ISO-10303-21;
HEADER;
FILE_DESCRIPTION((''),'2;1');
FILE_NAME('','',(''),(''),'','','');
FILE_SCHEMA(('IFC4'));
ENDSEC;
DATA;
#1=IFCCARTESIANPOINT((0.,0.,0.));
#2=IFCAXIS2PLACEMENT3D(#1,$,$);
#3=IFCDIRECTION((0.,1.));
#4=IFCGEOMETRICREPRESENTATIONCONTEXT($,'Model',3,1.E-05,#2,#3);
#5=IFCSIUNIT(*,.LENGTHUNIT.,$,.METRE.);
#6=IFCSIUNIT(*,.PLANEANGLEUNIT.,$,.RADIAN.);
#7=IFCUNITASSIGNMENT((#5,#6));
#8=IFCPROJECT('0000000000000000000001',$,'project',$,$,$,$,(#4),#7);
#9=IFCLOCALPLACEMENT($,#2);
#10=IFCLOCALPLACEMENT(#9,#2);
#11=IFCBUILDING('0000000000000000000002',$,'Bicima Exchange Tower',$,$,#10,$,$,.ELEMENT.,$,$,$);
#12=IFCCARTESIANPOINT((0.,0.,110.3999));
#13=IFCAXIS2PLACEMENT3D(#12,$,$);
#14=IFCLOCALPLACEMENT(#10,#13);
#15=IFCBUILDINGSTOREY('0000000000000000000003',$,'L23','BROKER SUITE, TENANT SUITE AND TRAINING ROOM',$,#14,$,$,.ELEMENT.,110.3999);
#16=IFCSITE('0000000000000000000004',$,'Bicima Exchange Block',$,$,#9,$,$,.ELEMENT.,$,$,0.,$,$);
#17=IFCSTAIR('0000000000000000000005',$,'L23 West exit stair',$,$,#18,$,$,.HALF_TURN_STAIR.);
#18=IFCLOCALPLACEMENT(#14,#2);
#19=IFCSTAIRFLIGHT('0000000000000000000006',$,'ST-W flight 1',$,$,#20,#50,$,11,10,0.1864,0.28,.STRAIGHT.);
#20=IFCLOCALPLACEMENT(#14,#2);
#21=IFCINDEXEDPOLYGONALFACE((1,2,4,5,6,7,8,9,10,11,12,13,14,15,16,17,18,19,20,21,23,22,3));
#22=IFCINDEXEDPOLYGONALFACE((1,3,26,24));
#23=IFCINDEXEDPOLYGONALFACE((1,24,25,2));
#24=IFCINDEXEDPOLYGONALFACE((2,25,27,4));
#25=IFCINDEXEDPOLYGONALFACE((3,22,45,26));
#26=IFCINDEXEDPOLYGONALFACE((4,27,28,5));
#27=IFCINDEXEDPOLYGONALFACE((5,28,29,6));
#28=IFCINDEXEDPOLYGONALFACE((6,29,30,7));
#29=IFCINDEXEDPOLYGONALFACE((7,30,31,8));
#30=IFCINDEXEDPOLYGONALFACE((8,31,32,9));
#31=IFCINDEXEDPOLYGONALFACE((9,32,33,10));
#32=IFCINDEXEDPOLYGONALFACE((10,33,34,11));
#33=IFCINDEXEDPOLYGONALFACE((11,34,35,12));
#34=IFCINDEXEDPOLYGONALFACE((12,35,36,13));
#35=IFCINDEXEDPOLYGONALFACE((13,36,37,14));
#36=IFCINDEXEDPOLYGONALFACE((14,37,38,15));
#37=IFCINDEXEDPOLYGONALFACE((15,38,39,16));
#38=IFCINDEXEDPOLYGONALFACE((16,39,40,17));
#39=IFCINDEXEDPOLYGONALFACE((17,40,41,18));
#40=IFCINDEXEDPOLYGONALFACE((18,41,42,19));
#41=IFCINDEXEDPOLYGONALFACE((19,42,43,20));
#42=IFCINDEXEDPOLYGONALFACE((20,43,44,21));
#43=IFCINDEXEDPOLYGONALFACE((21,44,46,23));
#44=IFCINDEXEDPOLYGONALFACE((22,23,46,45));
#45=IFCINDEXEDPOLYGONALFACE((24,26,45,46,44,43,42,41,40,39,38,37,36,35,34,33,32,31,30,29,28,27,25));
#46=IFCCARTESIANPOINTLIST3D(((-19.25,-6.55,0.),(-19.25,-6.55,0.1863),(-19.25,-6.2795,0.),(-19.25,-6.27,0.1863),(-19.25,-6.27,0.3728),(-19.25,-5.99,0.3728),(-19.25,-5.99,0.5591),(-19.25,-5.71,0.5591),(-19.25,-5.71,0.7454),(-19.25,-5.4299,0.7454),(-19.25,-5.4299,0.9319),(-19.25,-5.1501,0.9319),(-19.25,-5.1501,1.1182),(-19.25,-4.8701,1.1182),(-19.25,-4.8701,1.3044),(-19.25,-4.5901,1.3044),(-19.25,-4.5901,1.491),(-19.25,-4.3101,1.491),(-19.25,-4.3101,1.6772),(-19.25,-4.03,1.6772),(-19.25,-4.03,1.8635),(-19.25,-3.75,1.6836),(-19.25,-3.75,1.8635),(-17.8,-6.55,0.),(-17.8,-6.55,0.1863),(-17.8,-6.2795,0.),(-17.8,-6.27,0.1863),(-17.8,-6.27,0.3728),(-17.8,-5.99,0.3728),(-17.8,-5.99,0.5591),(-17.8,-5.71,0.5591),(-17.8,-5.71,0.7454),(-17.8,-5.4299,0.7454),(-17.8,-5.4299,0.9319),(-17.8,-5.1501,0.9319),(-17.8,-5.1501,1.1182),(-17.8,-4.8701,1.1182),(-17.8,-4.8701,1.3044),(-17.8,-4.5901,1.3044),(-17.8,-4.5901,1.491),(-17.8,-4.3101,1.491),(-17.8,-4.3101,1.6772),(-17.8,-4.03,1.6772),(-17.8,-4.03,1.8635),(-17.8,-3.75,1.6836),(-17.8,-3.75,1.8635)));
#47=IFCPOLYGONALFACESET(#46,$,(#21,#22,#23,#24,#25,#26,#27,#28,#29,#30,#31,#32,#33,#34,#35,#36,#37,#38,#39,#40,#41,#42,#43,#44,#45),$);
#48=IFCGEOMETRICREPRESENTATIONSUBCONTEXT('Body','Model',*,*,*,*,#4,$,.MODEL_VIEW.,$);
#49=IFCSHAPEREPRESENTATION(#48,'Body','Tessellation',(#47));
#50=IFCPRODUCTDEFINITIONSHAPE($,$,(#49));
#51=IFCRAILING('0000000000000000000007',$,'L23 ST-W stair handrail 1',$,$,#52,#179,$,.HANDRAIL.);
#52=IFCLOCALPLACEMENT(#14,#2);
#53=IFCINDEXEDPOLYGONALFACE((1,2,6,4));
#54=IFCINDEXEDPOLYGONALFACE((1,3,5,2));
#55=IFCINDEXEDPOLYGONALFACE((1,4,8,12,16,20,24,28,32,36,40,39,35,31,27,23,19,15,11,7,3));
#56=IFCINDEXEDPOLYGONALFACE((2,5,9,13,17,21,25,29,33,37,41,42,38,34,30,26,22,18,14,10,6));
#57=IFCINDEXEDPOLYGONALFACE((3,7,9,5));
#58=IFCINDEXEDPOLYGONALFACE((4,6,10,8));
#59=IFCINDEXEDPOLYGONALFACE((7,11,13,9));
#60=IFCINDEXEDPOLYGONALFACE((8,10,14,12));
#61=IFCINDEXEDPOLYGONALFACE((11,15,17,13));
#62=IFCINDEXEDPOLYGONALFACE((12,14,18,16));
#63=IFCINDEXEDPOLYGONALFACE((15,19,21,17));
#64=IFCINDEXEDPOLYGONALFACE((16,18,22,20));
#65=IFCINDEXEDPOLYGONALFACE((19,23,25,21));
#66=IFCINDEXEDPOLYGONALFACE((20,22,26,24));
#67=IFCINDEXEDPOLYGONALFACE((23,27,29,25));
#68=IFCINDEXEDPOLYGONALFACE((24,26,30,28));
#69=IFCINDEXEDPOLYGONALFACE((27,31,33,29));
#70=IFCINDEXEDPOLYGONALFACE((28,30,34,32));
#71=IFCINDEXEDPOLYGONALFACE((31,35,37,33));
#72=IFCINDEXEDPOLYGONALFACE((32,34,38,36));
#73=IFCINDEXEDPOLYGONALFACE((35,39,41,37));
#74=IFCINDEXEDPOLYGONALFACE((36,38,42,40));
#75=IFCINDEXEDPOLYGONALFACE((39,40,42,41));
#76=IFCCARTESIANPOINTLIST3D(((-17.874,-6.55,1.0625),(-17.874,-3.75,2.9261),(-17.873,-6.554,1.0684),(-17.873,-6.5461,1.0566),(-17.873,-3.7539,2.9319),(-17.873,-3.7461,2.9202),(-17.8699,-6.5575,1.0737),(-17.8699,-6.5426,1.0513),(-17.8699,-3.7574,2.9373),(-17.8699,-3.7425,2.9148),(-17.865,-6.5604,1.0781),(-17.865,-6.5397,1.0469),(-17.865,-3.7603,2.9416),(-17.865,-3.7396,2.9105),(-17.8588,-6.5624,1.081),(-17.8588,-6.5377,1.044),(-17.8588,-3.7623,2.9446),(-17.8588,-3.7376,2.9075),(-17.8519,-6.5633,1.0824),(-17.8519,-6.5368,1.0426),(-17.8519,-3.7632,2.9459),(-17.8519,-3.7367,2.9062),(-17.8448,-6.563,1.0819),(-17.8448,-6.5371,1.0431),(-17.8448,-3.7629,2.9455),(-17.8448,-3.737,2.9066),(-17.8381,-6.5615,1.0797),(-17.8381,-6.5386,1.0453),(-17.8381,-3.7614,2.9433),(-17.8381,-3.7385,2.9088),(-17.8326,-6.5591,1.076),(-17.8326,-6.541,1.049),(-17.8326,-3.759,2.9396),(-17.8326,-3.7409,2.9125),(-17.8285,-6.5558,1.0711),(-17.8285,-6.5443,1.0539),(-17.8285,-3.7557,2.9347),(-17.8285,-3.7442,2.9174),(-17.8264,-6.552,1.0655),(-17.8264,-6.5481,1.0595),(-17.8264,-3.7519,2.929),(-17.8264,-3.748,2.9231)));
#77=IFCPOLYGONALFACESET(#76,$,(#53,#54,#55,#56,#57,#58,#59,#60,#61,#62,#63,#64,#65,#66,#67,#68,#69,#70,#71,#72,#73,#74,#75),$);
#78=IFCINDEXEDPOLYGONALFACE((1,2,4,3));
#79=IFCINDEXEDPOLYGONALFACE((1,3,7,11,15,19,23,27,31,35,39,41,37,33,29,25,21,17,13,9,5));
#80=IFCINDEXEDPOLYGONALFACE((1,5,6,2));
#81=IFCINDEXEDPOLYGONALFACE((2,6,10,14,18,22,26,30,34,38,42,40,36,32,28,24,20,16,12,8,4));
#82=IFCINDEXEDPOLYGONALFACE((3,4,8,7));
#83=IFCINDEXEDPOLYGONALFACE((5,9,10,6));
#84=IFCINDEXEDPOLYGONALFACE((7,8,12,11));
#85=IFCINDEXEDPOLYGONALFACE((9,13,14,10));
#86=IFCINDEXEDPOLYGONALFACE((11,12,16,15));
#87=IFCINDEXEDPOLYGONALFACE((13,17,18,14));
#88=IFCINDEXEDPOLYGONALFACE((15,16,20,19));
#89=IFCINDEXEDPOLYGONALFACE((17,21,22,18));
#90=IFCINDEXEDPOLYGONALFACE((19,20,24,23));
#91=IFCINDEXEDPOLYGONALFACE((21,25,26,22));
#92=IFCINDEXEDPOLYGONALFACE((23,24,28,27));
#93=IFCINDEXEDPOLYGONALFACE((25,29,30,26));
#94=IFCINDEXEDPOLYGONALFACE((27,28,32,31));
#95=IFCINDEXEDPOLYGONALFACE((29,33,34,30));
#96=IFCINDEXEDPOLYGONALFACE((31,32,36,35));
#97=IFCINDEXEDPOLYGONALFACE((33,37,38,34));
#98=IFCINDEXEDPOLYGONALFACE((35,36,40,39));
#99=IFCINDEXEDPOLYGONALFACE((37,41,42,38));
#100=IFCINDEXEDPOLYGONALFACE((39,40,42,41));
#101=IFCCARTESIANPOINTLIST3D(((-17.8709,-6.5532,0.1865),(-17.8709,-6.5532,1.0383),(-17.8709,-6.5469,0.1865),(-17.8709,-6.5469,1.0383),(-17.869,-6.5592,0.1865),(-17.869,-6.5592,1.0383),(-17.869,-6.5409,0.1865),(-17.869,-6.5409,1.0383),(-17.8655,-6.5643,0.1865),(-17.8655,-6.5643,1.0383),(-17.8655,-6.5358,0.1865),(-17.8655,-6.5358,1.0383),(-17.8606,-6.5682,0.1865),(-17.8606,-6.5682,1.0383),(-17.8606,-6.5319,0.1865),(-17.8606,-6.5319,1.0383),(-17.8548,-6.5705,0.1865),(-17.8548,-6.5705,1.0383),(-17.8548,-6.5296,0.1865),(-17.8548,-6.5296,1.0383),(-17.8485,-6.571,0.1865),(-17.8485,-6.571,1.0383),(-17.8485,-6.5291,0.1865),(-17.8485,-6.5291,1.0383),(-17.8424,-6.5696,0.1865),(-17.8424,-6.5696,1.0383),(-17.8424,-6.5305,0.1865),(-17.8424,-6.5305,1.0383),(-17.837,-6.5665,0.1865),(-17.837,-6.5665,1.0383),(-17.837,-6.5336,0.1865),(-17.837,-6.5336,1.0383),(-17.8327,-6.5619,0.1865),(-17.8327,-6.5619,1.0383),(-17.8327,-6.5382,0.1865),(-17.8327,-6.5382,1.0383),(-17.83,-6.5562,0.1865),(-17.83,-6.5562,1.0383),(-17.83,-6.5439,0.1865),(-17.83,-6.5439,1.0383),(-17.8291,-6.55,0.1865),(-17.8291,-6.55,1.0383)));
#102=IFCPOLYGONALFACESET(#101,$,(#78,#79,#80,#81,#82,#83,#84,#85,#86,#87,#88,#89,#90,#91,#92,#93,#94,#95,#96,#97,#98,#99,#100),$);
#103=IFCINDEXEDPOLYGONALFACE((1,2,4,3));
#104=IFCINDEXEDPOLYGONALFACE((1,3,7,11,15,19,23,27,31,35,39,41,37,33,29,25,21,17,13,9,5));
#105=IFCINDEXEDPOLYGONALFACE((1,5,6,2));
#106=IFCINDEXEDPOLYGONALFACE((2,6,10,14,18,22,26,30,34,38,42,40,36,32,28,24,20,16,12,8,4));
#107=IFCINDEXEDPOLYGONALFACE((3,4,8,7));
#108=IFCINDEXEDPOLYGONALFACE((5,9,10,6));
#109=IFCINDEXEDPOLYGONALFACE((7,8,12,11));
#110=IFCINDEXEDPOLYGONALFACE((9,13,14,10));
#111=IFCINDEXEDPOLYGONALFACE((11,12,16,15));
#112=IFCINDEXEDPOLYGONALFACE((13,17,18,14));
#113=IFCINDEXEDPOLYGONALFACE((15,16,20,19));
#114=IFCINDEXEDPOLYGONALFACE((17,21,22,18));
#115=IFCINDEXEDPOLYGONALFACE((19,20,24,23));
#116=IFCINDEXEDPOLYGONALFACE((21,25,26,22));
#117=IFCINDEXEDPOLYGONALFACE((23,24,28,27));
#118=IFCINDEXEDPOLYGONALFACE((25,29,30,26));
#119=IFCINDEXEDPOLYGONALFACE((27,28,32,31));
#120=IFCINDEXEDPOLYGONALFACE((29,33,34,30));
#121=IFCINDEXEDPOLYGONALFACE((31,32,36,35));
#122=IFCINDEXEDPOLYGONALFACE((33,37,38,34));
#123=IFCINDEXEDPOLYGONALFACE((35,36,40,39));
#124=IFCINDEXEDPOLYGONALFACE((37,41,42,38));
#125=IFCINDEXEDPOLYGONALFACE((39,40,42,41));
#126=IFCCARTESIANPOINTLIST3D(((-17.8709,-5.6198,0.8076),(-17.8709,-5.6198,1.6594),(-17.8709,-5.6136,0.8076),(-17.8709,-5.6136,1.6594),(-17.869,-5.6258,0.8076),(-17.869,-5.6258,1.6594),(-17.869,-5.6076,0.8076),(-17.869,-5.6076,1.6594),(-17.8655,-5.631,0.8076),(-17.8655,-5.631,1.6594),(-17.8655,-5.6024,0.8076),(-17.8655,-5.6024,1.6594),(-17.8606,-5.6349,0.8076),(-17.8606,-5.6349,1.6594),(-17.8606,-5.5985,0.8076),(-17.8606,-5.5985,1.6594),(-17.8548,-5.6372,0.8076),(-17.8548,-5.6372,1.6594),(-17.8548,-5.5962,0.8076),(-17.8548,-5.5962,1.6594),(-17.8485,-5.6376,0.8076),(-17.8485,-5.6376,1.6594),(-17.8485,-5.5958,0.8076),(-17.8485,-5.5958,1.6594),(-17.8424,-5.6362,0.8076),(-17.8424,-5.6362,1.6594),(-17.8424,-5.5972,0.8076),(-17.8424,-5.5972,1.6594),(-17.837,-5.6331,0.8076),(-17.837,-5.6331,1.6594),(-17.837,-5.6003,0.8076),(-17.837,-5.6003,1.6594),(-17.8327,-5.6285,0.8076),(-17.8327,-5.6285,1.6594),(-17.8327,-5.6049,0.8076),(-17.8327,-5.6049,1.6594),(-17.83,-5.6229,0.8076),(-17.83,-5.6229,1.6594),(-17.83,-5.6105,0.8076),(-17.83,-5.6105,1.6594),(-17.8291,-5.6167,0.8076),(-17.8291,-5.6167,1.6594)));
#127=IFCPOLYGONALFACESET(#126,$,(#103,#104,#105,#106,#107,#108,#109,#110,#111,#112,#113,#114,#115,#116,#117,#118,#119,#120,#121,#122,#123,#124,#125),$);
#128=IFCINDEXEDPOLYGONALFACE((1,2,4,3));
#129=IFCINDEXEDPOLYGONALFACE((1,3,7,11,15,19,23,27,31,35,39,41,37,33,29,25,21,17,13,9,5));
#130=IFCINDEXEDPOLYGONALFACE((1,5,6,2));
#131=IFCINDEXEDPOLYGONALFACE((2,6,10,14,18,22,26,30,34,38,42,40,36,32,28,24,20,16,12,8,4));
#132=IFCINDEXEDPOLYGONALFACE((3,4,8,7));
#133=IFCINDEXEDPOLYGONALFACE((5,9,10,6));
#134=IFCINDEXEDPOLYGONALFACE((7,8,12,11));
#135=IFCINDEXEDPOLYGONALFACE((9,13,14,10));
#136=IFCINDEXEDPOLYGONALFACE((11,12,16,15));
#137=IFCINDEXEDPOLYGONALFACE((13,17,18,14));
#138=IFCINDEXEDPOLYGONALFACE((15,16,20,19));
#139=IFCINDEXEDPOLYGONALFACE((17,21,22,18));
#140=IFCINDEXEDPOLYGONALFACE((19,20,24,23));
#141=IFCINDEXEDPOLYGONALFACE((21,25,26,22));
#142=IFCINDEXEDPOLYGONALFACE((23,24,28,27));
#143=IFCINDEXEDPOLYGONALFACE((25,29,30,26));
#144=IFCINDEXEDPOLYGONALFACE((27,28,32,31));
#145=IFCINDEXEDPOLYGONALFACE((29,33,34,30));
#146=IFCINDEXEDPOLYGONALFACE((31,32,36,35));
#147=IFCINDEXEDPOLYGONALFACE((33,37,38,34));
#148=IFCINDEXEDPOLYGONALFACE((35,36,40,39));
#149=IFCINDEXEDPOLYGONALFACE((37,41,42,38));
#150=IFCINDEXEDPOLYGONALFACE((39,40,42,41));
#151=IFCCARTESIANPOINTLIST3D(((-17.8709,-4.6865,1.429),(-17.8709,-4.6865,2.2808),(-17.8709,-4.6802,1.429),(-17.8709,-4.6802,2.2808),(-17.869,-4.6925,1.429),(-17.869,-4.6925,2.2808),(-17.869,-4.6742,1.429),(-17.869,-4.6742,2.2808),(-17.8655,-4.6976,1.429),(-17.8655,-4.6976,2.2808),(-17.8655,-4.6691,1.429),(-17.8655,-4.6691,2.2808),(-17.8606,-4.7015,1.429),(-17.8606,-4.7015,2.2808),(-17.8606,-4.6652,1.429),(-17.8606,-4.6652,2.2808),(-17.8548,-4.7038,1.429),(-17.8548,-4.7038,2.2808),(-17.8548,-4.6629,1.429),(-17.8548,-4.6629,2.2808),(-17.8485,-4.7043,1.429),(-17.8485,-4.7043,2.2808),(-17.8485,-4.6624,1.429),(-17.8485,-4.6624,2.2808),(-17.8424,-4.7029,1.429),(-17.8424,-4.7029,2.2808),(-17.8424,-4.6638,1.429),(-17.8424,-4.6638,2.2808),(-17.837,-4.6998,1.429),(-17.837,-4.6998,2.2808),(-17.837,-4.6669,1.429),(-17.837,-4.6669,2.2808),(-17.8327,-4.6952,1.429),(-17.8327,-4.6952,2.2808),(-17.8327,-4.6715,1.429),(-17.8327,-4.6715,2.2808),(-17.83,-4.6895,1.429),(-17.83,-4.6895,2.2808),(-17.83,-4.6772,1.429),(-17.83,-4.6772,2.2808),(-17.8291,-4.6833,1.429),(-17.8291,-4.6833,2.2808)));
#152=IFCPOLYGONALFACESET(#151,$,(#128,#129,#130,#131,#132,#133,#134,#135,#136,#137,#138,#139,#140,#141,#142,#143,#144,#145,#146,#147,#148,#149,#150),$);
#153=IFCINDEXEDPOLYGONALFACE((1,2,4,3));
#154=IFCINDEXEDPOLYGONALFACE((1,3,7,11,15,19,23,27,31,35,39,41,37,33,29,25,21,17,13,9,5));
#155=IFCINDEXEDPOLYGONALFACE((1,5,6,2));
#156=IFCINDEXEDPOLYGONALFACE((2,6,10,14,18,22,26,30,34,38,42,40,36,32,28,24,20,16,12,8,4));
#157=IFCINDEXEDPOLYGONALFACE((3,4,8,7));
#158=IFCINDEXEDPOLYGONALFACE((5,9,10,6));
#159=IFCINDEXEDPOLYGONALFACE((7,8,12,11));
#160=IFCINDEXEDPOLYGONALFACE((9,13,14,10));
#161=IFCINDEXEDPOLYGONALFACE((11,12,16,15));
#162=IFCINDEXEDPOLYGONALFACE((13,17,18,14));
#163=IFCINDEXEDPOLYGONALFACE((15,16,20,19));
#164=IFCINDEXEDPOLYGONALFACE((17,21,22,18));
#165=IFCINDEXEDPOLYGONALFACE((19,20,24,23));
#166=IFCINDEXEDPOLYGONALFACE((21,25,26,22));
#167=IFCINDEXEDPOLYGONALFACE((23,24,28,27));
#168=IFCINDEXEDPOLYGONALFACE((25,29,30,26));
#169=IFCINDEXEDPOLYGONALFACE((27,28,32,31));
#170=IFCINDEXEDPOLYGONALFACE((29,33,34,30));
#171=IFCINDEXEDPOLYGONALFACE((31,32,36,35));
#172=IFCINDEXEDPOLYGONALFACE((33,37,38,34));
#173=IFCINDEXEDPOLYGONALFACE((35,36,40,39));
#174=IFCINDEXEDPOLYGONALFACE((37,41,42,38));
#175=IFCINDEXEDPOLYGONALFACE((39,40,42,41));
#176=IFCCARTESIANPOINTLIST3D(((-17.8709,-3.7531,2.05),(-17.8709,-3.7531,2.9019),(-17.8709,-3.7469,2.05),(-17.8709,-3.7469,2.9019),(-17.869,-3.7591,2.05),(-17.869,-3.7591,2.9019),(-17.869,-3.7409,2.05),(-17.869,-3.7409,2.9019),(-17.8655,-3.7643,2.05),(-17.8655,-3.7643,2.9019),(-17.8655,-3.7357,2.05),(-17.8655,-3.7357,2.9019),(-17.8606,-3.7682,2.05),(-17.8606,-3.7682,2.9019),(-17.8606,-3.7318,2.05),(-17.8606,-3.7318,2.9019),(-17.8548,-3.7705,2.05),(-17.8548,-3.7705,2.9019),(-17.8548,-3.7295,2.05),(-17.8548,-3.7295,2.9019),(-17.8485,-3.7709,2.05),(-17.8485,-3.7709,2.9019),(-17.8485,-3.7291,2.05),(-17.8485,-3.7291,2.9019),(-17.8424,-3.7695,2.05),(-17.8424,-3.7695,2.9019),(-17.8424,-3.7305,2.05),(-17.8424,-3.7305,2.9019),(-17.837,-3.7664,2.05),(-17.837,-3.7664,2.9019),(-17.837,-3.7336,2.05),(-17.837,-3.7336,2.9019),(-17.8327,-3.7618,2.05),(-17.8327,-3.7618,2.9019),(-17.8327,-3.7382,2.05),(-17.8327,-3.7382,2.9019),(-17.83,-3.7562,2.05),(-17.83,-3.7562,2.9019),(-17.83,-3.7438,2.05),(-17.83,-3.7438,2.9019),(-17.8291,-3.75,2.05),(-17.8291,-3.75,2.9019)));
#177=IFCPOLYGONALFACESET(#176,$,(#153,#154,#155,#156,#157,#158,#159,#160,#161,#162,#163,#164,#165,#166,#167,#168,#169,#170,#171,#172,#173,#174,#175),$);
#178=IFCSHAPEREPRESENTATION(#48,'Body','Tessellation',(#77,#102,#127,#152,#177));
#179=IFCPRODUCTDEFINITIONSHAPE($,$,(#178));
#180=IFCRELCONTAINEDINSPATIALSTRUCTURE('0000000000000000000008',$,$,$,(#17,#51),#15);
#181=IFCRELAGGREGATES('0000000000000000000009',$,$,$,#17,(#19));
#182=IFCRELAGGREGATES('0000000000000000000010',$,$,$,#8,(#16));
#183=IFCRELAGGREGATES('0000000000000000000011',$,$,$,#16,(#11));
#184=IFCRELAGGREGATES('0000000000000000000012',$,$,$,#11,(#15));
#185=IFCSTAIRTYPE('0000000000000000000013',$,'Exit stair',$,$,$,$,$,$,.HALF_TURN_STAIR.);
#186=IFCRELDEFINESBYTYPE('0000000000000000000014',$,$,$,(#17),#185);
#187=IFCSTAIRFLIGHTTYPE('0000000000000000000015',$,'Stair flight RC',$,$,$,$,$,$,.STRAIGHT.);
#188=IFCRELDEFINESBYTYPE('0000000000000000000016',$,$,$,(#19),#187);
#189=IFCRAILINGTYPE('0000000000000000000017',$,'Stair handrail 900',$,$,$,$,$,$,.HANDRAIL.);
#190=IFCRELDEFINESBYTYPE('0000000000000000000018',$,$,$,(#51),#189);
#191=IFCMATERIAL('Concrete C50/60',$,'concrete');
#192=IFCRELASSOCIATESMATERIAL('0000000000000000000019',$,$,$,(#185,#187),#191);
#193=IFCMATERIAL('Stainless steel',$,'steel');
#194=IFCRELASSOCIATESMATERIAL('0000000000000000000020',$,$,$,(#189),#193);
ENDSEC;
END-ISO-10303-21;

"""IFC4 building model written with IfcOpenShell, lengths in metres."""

from ifc_helpers import new_model, si_unit, direction, frame, origin, origin_2d, place, context, subcontext, project, spatial, polyline, circle, outline, extrude, material, type_object, element, aggregate, save


model = new_model("IFC4")

# Units and contexts
model_context = context("Model", 3, precision=1e-05, world=origin(), true_north=direction((0.0, 1.0)))
body_context = subcontext(model_context, "Body", "Model", "MODEL_VIEW")
ifc_project = project(units=[si_unit("LENGTHUNIT", "METRE"), si_unit("PLANEANGLEUNIT", "RADIAN")], contexts=[model_context])

# Site, building, storey
site_placement = place(None, origin())
site = spatial("IfcSite", under=ifc_project, at=site_placement, Name="Bicima Exchange Block", CompositionType="ELEMENT", RefElevation=0.0)
building_placement = place(site_placement, origin())
building = spatial("IfcBuilding", under=site, at=building_placement, Name="Bicima Exchange Tower", CompositionType="ELEMENT")
storey_placement = place(building_placement, frame((0.0, 0.0, 110.3999)))
storey = spatial("IfcBuildingStorey", under=building, at=storey_placement, Name="L23", Description="BROKER SUITE, TENANT SUITE AND TRAINING ROOM", CompositionType="ELEMENT", Elevation=110.3999)

# Shared definitions
ifc_material_1 = material(Name="Concrete C50/60", Category="concrete")

# Shared definitions
ifc_material_2 = material(Name="Stainless steel", Category="steel")

# Stair, stair flight
stair_type = type_object("IfcStairType", Name="Exit stair", PredefinedType="HALF_TURN_STAIR", material=ifc_material_1)
stair_placement = place(storey_placement, origin())
stair = element("IfcStair", 1, at=stair_placement, inside=storey, type_object=stair_type, Name="L23 West exit stair", PredefinedType="HALF_TURN_STAIR")
stair_flight_type = type_object("IfcStairFlightType", Name="Stair flight RC", PredefinedType="STRAIGHT", material=ifc_material_1)
stair_flight_placement = place(storey_placement, frame((-18.5249, -6.55, 0.0), z_axis=(0.0, 0.0, 1.0), x_axis=(0.0, 1.0, 0.0)))
stair_flight = element("IfcStairFlight", 2, at=stair_flight_placement, type_object=stair_flight_type, Name="ST-W flight 1", NumberOfRisers=11, NumberOfTreads=10, PredefinedType="STRAIGHT", RiserHeight=0.1864, TreadLength=0.28, context=body_context, shape_type="SweptSolid", body=[
    extrude(outline(polyline([(0.0, 0.0), (0.0, 0.1863), (0.28, 0.1863), (0.28, 0.3728), (0.5601, 0.3728), (0.5601, 0.5591), (0.8401, 0.5591), (0.8401, 0.7454), (1.1201, 0.7454), (1.1201, 0.9319), (1.3999, 0.9319), (1.3999, 1.1182), (1.6799, 1.1182), (1.6799, 1.3044), (1.96, 1.3044), (1.96, 1.491), (2.24, 1.491), (2.24, 1.6772), (2.52, 1.6772), (2.52, 1.8635), (2.8, 1.8635), (2.8, 2.05), (2.8, 1.6836), (0.2705, 0.0), (0.0, 0.0)])), frame((0.0, 0.7251, 0.0), z_axis=(0.0, -1.0, 0.0), x_axis=(1.0, 0.0, 0.0)), (0.0, 0.0, 1.0), 1.45),
])
aggregate(stair, [stair_flight])

# Railing
railing_type_1 = type_object("IfcRailingType", Name="Stair handrail 900", PredefinedType="HANDRAIL", material=ifc_material_2)
railing_1_placement = place(storey_placement, frame((-17.8501, -6.55, 0.1865)))
element("IfcRailing", 3, at=railing_1_placement, inside=storey, type_object=railing_type_1, Name="L23 ST-W stair handrail 1", PredefinedType="HANDRAIL", context=body_context, shape_type="SweptSolid", body=[
    extrude(circle(Radius=0.0239, at=origin_2d()), frame((0.0, 0.0, 0.876), z_axis=(0.0, 0.832486, 0.554047), x_axis=(-1.0, 0.0, 0.0)), (0.0, 0.0, 1.0), 3.3635),
    extrude(circle(Radius=0.021, at=origin_2d()), origin(), (0.0, 0.0, 1.0), 0.8518),
    extrude(circle(Radius=0.021, at=origin_2d()), frame((0.0, 0.9333, 0.6211)), (0.0, 0.0, 1.0), 0.8518),
    extrude(circle(Radius=0.021, at=origin_2d()), frame((0.0, 1.8667, 1.2424)), (0.0, 0.0, 1.0), 0.8518),
    extrude(circle(Radius=0.021, at=origin_2d()), frame((0.0, 2.8, 1.8635)), (0.0, 0.0, 1.0), 0.8518),
])

save(model, "model.ifc")
